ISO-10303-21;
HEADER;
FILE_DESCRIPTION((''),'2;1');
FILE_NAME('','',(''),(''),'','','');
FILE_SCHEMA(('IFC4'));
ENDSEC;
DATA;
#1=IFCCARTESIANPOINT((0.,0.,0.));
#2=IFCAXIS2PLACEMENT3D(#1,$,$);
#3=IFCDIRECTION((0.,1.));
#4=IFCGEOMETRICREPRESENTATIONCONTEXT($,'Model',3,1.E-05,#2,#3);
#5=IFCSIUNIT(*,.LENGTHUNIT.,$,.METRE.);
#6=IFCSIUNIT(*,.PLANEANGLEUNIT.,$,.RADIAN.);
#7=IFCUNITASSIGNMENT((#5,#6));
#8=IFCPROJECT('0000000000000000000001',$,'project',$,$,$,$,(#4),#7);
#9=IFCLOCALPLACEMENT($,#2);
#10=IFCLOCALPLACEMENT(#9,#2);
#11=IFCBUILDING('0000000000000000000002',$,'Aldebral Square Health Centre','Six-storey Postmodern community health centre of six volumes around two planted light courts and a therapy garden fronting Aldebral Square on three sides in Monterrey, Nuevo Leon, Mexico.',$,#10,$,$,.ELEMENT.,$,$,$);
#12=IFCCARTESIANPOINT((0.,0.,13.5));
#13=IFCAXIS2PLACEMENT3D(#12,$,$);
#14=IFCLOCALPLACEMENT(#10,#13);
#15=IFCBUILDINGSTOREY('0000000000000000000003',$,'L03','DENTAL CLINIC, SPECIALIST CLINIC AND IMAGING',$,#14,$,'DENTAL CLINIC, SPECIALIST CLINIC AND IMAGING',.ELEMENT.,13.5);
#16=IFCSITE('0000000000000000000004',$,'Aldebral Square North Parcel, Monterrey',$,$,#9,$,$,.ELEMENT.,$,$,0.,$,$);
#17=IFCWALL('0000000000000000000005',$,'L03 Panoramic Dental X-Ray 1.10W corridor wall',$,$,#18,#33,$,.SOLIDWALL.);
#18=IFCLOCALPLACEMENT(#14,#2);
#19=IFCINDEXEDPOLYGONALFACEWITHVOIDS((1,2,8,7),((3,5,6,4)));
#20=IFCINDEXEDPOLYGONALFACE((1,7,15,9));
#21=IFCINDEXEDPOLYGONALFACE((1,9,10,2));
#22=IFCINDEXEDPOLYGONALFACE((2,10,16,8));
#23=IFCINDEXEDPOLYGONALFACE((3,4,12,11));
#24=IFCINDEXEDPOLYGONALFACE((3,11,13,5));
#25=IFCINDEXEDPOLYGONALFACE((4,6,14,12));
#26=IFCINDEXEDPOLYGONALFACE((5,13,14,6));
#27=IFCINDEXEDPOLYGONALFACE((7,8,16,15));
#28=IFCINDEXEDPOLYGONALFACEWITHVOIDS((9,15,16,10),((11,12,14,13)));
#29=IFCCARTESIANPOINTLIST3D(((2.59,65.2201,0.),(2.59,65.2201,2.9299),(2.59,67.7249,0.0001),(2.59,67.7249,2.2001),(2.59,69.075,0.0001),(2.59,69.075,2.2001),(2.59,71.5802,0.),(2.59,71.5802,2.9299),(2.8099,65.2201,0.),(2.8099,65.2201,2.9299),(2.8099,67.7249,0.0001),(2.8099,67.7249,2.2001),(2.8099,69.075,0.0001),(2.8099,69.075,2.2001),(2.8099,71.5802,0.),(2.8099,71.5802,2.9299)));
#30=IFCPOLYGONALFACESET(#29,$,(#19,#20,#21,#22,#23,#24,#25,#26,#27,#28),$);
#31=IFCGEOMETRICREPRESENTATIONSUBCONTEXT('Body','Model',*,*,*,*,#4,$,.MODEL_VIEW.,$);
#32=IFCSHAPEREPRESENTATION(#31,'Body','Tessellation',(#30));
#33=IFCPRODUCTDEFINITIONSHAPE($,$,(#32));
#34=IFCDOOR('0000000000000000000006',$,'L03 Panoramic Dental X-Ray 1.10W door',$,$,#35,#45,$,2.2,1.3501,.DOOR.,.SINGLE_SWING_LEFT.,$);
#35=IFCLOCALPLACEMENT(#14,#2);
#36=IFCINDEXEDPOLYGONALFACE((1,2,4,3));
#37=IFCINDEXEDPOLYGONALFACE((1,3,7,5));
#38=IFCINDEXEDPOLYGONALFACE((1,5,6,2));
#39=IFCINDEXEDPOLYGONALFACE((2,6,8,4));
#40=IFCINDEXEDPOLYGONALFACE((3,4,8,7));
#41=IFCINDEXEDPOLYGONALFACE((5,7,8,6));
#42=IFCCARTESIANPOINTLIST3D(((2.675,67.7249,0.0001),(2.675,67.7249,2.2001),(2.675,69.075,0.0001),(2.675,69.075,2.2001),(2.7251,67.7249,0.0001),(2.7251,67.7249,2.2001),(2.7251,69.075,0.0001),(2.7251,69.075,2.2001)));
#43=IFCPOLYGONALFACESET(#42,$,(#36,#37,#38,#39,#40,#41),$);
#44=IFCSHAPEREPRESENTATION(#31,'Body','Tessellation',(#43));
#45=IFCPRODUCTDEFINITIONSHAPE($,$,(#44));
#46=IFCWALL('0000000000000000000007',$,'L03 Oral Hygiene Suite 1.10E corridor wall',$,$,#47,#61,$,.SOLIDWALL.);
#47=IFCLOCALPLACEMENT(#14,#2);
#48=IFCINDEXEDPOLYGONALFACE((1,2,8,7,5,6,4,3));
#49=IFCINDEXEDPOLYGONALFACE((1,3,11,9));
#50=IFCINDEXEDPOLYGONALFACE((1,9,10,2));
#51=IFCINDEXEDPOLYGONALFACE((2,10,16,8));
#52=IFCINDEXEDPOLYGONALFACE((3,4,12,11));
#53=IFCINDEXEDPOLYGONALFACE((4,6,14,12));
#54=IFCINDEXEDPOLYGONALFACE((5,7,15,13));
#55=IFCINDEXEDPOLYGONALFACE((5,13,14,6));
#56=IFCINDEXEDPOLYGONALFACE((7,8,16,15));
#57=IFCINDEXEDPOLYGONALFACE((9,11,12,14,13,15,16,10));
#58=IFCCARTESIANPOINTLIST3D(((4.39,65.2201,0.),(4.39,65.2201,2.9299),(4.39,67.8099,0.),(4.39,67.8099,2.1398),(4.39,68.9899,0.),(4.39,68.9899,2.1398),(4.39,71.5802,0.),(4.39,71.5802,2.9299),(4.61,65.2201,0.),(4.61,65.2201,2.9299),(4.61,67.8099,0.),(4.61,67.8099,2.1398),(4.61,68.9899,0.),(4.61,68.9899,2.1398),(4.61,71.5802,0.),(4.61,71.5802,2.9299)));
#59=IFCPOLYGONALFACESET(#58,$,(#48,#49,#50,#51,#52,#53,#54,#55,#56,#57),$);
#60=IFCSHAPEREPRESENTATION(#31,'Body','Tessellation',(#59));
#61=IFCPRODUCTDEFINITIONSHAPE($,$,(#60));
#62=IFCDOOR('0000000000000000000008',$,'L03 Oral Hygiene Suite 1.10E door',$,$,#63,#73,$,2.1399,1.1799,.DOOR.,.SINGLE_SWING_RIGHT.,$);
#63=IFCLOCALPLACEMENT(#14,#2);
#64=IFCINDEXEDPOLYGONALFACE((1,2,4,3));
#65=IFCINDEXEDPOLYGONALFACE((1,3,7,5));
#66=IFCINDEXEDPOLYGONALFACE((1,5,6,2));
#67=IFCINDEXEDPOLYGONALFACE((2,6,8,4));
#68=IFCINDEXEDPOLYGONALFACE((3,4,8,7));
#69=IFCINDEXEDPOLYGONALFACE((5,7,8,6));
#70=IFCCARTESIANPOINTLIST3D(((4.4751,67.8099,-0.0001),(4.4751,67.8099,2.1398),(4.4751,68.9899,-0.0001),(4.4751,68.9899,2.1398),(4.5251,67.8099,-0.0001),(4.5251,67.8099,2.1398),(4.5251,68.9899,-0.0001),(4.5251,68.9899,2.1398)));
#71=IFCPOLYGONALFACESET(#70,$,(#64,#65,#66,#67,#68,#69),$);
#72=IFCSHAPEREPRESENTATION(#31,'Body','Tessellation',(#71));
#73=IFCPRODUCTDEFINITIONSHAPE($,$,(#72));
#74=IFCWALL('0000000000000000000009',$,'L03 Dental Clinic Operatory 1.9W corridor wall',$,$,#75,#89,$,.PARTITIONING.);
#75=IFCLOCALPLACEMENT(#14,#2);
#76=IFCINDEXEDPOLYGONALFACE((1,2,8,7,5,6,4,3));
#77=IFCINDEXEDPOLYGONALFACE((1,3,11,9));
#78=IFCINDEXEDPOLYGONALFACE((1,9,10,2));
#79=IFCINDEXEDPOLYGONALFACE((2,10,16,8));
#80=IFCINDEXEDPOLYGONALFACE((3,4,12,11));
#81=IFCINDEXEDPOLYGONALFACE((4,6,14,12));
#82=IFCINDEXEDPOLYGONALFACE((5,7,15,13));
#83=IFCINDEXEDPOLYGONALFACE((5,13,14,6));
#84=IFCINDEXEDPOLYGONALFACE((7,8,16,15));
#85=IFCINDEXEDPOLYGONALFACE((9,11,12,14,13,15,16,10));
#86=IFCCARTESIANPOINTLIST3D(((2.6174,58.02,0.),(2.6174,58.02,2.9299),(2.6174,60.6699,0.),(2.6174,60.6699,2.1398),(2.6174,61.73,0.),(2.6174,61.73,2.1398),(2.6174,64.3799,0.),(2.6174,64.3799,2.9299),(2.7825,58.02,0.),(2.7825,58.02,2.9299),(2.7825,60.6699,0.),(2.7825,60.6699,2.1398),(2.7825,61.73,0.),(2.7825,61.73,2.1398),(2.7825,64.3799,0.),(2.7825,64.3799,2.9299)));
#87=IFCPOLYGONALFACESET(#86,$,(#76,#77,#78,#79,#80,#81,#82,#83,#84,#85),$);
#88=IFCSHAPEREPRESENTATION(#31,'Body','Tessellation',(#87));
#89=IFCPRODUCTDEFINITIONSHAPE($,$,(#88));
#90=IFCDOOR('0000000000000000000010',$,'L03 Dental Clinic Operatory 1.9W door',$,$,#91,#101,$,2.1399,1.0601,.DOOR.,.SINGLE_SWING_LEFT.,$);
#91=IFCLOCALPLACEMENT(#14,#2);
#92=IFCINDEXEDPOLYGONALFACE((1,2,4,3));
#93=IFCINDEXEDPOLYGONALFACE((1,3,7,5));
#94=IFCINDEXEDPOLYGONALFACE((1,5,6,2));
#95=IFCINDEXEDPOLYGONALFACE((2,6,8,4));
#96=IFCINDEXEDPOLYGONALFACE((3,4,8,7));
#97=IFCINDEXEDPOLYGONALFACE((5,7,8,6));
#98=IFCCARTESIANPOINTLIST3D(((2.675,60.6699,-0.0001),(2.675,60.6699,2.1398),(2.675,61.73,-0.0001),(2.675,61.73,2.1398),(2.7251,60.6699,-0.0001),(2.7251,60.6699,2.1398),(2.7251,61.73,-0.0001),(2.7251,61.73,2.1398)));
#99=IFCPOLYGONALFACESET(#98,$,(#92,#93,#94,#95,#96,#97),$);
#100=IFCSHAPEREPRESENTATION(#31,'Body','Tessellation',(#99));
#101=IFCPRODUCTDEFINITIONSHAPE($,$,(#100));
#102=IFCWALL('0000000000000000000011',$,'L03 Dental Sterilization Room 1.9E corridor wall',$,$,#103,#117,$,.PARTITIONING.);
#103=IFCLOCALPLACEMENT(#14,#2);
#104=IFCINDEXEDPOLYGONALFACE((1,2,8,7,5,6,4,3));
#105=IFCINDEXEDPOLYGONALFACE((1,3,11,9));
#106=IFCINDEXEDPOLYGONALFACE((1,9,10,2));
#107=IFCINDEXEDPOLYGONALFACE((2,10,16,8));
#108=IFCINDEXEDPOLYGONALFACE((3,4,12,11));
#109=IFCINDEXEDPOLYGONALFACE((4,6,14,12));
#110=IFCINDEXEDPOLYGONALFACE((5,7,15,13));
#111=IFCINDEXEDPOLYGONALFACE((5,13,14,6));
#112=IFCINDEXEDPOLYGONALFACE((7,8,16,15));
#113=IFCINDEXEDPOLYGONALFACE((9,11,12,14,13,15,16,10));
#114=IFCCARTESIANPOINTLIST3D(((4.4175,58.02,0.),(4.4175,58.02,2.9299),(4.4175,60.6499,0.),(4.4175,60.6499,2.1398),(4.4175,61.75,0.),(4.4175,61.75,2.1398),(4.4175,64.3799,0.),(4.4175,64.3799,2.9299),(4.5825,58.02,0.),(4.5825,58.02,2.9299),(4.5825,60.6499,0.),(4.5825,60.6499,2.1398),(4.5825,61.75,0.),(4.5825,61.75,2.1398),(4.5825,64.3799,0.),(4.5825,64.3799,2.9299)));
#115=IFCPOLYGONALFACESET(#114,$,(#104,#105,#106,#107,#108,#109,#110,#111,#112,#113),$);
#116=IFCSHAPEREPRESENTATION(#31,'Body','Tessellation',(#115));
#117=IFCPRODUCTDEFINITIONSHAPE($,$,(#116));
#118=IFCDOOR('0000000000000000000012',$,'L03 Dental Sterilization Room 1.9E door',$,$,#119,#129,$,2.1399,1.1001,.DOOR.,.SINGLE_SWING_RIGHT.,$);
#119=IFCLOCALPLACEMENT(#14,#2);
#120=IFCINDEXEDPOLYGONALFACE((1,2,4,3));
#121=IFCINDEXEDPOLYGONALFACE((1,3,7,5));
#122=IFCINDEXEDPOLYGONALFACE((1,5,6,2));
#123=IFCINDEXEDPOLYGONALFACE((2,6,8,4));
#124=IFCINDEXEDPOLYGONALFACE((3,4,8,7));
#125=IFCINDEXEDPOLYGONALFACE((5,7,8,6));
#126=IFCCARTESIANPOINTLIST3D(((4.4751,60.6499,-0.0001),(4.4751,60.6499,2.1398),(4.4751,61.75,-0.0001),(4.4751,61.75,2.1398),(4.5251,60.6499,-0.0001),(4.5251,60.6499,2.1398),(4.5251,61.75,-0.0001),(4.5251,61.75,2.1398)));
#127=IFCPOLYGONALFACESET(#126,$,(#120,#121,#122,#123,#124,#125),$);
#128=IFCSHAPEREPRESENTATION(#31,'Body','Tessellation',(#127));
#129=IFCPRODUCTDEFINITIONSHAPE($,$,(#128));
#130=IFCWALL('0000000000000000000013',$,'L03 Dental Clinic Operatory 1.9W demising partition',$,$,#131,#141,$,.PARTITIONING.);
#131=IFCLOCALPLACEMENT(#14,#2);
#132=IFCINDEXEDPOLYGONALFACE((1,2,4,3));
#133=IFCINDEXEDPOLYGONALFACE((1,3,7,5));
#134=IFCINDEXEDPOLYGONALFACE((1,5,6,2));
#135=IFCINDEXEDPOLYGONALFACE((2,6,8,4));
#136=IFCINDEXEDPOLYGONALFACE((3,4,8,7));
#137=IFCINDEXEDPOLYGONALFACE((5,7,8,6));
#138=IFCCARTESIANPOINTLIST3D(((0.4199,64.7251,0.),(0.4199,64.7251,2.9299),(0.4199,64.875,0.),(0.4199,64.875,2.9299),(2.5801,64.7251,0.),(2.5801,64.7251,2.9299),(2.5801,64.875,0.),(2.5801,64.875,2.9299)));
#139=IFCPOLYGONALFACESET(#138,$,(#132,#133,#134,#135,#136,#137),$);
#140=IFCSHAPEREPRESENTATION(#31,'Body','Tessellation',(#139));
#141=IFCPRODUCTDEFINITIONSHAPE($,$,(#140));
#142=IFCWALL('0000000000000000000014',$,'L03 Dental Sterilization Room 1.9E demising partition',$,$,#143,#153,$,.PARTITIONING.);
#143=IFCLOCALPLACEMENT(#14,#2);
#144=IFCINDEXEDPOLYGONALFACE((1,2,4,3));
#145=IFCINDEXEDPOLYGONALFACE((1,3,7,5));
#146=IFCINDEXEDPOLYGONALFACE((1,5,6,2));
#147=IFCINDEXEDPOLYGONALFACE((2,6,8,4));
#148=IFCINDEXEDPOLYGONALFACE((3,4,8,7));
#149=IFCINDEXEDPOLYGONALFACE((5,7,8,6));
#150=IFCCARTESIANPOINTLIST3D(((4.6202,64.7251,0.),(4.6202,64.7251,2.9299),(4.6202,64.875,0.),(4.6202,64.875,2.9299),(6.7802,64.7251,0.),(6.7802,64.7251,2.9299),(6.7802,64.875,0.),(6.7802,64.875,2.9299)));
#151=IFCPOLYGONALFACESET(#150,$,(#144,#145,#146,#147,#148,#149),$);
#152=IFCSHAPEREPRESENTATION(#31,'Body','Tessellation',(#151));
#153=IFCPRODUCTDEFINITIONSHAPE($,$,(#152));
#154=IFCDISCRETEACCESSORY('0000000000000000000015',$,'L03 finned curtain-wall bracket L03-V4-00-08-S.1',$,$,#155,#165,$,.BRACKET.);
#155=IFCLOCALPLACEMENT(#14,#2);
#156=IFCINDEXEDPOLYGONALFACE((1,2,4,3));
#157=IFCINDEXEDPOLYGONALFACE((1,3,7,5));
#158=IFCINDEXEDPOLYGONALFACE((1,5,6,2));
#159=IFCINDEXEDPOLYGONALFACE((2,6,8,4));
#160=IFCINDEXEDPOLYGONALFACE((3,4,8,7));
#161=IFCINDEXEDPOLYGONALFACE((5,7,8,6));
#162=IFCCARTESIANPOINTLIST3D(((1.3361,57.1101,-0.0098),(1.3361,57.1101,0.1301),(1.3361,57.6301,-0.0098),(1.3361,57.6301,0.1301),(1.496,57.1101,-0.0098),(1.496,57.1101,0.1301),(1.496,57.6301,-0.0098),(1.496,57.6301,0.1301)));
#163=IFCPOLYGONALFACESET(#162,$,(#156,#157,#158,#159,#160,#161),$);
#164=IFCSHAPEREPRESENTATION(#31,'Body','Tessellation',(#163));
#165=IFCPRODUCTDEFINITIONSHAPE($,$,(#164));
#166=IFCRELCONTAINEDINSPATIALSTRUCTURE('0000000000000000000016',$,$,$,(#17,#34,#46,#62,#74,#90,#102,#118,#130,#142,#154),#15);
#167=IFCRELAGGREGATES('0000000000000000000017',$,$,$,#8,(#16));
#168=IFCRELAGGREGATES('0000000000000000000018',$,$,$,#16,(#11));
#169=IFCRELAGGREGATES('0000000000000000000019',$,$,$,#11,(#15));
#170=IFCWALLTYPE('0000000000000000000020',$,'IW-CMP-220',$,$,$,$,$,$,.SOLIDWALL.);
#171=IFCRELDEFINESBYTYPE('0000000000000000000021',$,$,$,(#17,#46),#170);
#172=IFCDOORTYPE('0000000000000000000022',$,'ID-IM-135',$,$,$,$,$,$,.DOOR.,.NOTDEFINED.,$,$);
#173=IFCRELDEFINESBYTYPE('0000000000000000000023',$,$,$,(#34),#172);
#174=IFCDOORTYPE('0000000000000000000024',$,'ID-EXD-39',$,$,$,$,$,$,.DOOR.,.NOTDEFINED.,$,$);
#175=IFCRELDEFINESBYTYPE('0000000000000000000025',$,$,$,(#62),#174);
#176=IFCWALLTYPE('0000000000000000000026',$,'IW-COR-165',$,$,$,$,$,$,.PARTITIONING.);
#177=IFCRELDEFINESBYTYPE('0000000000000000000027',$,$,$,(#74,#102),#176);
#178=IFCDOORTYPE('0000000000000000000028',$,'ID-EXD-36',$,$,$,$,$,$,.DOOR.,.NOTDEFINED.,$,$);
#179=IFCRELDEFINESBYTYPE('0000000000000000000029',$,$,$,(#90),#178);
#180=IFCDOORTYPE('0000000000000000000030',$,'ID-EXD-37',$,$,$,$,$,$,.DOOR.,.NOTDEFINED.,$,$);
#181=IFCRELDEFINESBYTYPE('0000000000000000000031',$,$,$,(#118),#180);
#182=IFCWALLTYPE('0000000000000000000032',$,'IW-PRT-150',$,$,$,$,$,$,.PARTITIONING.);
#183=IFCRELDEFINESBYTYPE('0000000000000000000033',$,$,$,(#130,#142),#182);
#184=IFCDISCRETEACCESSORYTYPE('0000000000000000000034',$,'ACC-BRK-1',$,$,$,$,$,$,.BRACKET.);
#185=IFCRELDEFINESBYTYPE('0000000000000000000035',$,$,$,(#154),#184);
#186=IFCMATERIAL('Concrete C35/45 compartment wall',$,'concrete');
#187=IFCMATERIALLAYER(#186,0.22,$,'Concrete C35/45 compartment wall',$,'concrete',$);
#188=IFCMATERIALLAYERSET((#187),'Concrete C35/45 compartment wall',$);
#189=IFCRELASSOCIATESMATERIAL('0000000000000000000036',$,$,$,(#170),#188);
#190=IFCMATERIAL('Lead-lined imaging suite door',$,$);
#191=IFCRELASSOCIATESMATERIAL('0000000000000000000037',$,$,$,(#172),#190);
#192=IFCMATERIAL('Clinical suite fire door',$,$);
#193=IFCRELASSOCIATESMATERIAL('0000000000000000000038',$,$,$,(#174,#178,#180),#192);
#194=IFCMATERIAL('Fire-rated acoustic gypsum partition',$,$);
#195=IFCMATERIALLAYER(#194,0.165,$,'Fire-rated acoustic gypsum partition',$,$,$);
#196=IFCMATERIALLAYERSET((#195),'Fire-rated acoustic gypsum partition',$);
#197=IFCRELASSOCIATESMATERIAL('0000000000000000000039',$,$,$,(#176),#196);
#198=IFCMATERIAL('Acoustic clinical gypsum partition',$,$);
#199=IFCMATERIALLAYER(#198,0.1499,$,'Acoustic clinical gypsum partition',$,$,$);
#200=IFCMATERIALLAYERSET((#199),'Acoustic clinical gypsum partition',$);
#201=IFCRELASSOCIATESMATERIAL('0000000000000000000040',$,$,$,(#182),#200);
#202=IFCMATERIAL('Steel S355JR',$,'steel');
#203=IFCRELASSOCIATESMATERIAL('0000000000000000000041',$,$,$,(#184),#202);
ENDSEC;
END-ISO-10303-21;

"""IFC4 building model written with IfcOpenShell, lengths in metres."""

from ifc_helpers import new_model, si_unit, direction, frame, frame_2d, origin, origin_2d, place, context, subcontext, project, spatial, rectangle, extrude, material, layer, layer_set, type_object, element, fill, save


model = new_model("IFC4")

# Units and contexts
model_context = context("Model", 3, precision=1e-05, world=origin(), true_north=direction((0.0, 1.0)))
body_context = subcontext(model_context, "Body", "Model", "MODEL_VIEW")
ifc_project = project(units=[si_unit("LENGTHUNIT", "METRE"), si_unit("PLANEANGLEUNIT", "RADIAN")], contexts=[model_context])

# Site, building, storey
site_placement = place(None, origin())
site = spatial("IfcSite", under=ifc_project, at=site_placement, Name="Aldebral Square North Parcel, Monterrey", CompositionType="ELEMENT", RefElevation=0.0)
building_placement = place(site_placement, origin())
building = spatial("IfcBuilding", under=site, at=building_placement, Name="Aldebral Square Health Centre", Description="Six-storey Postmodern community health centre of six volumes around two planted light courts and a therapy garden fronting Aldebral Square on three sides in Monterrey, Nuevo Leon, Mexico.", CompositionType="ELEMENT")
storey_placement = place(building_placement, frame((0.0, 0.0, 13.5)))
storey = spatial("IfcBuildingStorey", under=building, at=storey_placement, Name="L03", Description="DENTAL CLINIC, SPECIALIST CLINIC AND IMAGING", LongName="DENTAL CLINIC, SPECIALIST CLINIC AND IMAGING", CompositionType="ELEMENT", Elevation=13.5)

# Walls, openings, doors
ifc_material_1 = material(Name="Concrete C35/45 compartment wall", Category="concrete")
ifc_layer_1 = layer(ifc_material_1, 0.22, Name="Concrete C35/45 compartment wall", Category="concrete")
ifc_layer_set_1 = layer_set([ifc_layer_1], Name="Concrete C35/45 compartment wall")
wall_type_1 = type_object("IfcWallType", Name="IW-CMP-220", PredefinedType="SOLIDWALL", material=ifc_layer_set_1)
wall_1_placement = place(storey_placement, frame((2.7, 65.22, 0.0), z_axis=(0.0, 0.0, 1.0), x_axis=(0.0, 1.0, 0.0)))
wall_1 = element("IfcWall", 1, at=wall_1_placement, inside=storey, type_object=wall_type_1, Name="L03 Panoramic Dental X-Ray 1.10W corridor wall", PredefinedType="SOLIDWALL", context=body_context, shape_type="SweptSolid", body=[
    extrude(rectangle(XDim=6.3601, YDim=0.22, at=frame_2d((3.1802, 0.0))), origin(), (0.0, 0.0, 1.0), 2.9299),
])
opening_1_placement = place(wall_1_placement, frame((2.5049, 0.0, 0.0)))
opening_1 = element("IfcOpeningElement", 2, at=opening_1_placement, cuts=wall_1, PredefinedType="OPENING", context=body_context, shape_type="SweptSolid", body=[
    extrude(rectangle(XDim=1.3501, YDim=2.2, at=frame_2d((0.675, 1.1001))), frame((0.0, 0.1201, 0.0), z_axis=(0.0, -1.0, 0.0), x_axis=(1.0, 0.0, 0.0)), (0.0, 0.0, 1.0), 0.24),
])
ifc_material_2 = material(Name="Lead-lined imaging suite door")
door_type_1 = type_object("IfcDoorType", Name="ID-IM-135", OperationType="NOTDEFINED", PredefinedType="DOOR", material=ifc_material_2)
door_1_placement = place(opening_1_placement, origin())
door_1 = element("IfcDoor", 3, at=door_1_placement, inside=storey, type_object=door_type_1, Name="L03 Panoramic Dental X-Ray 1.10W door", OperationType="SINGLE_SWING_LEFT", OverallHeight=2.2, OverallWidth=1.3501, PredefinedType="DOOR", context=body_context, shape_type="SweptSolid", body=[
    extrude(rectangle(XDim=1.3501, YDim=2.2, at=frame_2d((0.675, 1.1001))), frame((0.0, 0.0249, 0.0), z_axis=(0.0, -1.0, 0.0), x_axis=(1.0, 0.0, 0.0)), (0.0, 0.0, 1.0), 0.05),
])
fill(opening_1, door_1)
wall_2_placement = place(storey_placement, frame((4.5, 65.22, 0.0), z_axis=(0.0, 0.0, 1.0), x_axis=(0.0, 1.0, 0.0)))
wall_2 = element("IfcWall", 4, at=wall_2_placement, inside=storey, type_object=wall_type_1, Name="L03 Oral Hygiene Suite 1.10E corridor wall", PredefinedType="SOLIDWALL", context=body_context, shape_type="SweptSolid", body=[
    extrude(rectangle(XDim=6.3601, YDim=0.22, at=frame_2d((3.1802, 0.0))), origin(), (0.0, 0.0, 1.0), 2.9299),
])
opening_2_placement = place(wall_2_placement, frame((2.5901, 0.0, 0.0)))
opening_2 = element("IfcOpeningElement", 5, at=opening_2_placement, cuts=wall_2, PredefinedType="OPENING", context=body_context, shape_type="SweptSolid", body=[
    extrude(rectangle(XDim=1.1799, YDim=2.1399, at=frame_2d((0.5898, 1.0698))), frame((0.0, 0.1201, 0.0), z_axis=(0.0, -1.0, 0.0), x_axis=(1.0, 0.0, 0.0)), (0.0, 0.0, 1.0), 0.24),
])
ifc_material_3 = material(Name="Clinical suite fire door")
door_type_2 = type_object("IfcDoorType", Name="ID-EXD-39", OperationType="NOTDEFINED", PredefinedType="DOOR", material=ifc_material_3)
door_2_placement = place(opening_2_placement, origin())
door_2 = element("IfcDoor", 6, at=door_2_placement, inside=storey, type_object=door_type_2, Name="L03 Oral Hygiene Suite 1.10E door", OperationType="SINGLE_SWING_RIGHT", OverallHeight=2.1399, OverallWidth=1.1799, PredefinedType="DOOR", context=body_context, shape_type="SweptSolid", body=[
    extrude(rectangle(XDim=1.1799, YDim=2.1399, at=frame_2d((0.5898, 1.0698))), frame((0.0, 0.0249, 0.0), z_axis=(0.0, -1.0, 0.0), x_axis=(1.0, 0.0, 0.0)), (0.0, 0.0, 1.0), 0.05),
])
fill(opening_2, door_2)
ifc_material_4 = material(Name="Fire-rated acoustic gypsum partition")
ifc_layer_2 = layer(ifc_material_4, 0.165, Name="Fire-rated acoustic gypsum partition")
ifc_layer_set_2 = layer_set([ifc_layer_2], Name="Fire-rated acoustic gypsum partition")
wall_type_2 = type_object("IfcWallType", Name="IW-COR-165", PredefinedType="PARTITIONING", material=ifc_layer_set_2)
wall_3_placement = place(storey_placement, frame((2.7, 58.02, 0.0), z_axis=(0.0, 0.0, 1.0), x_axis=(0.0, 1.0, 0.0)))
wall_3 = element("IfcWall", 7, at=wall_3_placement, inside=storey, type_object=wall_type_2, Name="L03 Dental Clinic Operatory 1.9W corridor wall", PredefinedType="PARTITIONING", context=body_context, shape_type="SweptSolid", body=[
    extrude(rectangle(XDim=6.3599, YDim=0.165, at=frame_2d((3.1799, 0.0))), origin(), (0.0, 0.0, 1.0), 2.9299),
])
opening_3_placement = place(wall_3_placement, frame((2.6499, 0.0, 0.0)))
opening_3 = element("IfcOpeningElement", 8, at=opening_3_placement, cuts=wall_3, PredefinedType="OPENING", context=body_context, shape_type="SweptSolid", body=[
    extrude(rectangle(XDim=1.0601, YDim=2.1399, at=frame_2d((0.53, 1.0698))), frame((0.0, 0.0925, 0.0), z_axis=(0.0, -1.0, 0.0), x_axis=(1.0, 0.0, 0.0)), (0.0, 0.0, 1.0), 0.1851),
])
door_type_3 = type_object("IfcDoorType", Name="ID-EXD-36", OperationType="NOTDEFINED", PredefinedType="DOOR", material=ifc_material_3)
door_3_placement = place(opening_3_placement, origin())
door_3 = element("IfcDoor", 9, at=door_3_placement, inside=storey, type_object=door_type_3, Name="L03 Dental Clinic Operatory 1.9W door", OperationType="SINGLE_SWING_LEFT", OverallHeight=2.1399, OverallWidth=1.0601, PredefinedType="DOOR", context=body_context, shape_type="SweptSolid", body=[
    extrude(rectangle(XDim=1.0601, YDim=2.1399, at=frame_2d((0.53, 1.0698))), frame((0.0, 0.0249, 0.0), z_axis=(0.0, -1.0, 0.0), x_axis=(1.0, 0.0, 0.0)), (0.0, 0.0, 1.0), 0.05),
])
fill(opening_3, door_3)
wall_4_placement = place(storey_placement, frame((4.5, 58.02, 0.0), z_axis=(0.0, 0.0, 1.0), x_axis=(0.0, 1.0, 0.0)))
wall_4 = element("IfcWall", 10, at=wall_4_placement, inside=storey, type_object=wall_type_2, Name="L03 Dental Sterilization Room 1.9E corridor wall", PredefinedType="PARTITIONING", context=body_context, shape_type="SweptSolid", body=[
    extrude(rectangle(XDim=6.3599, YDim=0.165, at=frame_2d((3.1799, 0.0))), origin(), (0.0, 0.0, 1.0), 2.9299),
])
opening_4_placement = place(wall_4_placement, frame((2.6299, 0.0, 0.0)))
opening_4 = element("IfcOpeningElement", 11, at=opening_4_placement, cuts=wall_4, PredefinedType="OPENING", context=body_context, shape_type="SweptSolid", body=[
    extrude(rectangle(XDim=1.1001, YDim=2.1399, at=frame_2d((0.55, 1.0698))), frame((0.0, 0.0925, 0.0), z_axis=(0.0, -1.0, 0.0), x_axis=(1.0, 0.0, 0.0)), (0.0, 0.0, 1.0), 0.1851),
])
door_type_4 = type_object("IfcDoorType", Name="ID-EXD-37", OperationType="NOTDEFINED", PredefinedType="DOOR", material=ifc_material_3)
door_4_placement = place(opening_4_placement, origin())
door_4 = element("IfcDoor", 12, at=door_4_placement, inside=storey, type_object=door_type_4, Name="L03 Dental Sterilization Room 1.9E door", OperationType="SINGLE_SWING_RIGHT", OverallHeight=2.1399, OverallWidth=1.1001, PredefinedType="DOOR", context=body_context, shape_type="SweptSolid", body=[
    extrude(rectangle(XDim=1.1001, YDim=2.1399, at=frame_2d((0.55, 1.0698))), frame((0.0, 0.0249, 0.0), z_axis=(0.0, -1.0, 0.0), x_axis=(1.0, 0.0, 0.0)), (0.0, 0.0, 1.0), 0.05),
])
fill(opening_4, door_4)

# Walls
ifc_material_5 = material(Name="Acoustic clinical gypsum partition")
ifc_layer_3 = layer(ifc_material_5, 0.1499, Name="Acoustic clinical gypsum partition")
ifc_layer_set_3 = layer_set([ifc_layer_3], Name="Acoustic clinical gypsum partition")
wall_type_3 = type_object("IfcWallType", Name="IW-PRT-150", PredefinedType="PARTITIONING", material=ifc_layer_set_3)
wall_5_placement = place(storey_placement, frame((0.4199, 64.8, 0.0), z_axis=(0.0, 0.0, 1.0), x_axis=(1.0, 0.0, 0.0)))
element("IfcWall", 13, at=wall_5_placement, inside=storey, type_object=wall_type_3, Name="L03 Dental Clinic Operatory 1.9W demising partition", PredefinedType="PARTITIONING", context=body_context, shape_type="SweptSolid", body=[
    extrude(rectangle(XDim=2.1602, YDim=0.1499, at=frame_2d((1.0801, 0.0))), origin(), (0.0, 0.0, 1.0), 2.9299),
])
wall_6_placement = place(storey_placement, frame((4.6201, 64.8, 0.0), z_axis=(0.0, 0.0, 1.0), x_axis=(1.0, 0.0, 0.0)))
element("IfcWall", 14, at=wall_6_placement, inside=storey, type_object=wall_type_3, Name="L03 Dental Sterilization Room 1.9E demising partition", PredefinedType="PARTITIONING", context=body_context, shape_type="SweptSolid", body=[
    extrude(rectangle(XDim=2.1599, YDim=0.1499, at=frame_2d((1.0801, 0.0))), origin(), (0.0, 0.0, 1.0), 2.9299),
])

# Discrete accessory
ifc_material_6 = material(Name="Steel S355JR", Category="steel")
discrete_accessory_type = type_object("IfcDiscreteAccessoryType", Name="ACC-BRK-1", PredefinedType="BRACKET", material=ifc_material_6)
for number, where, z_axis, x_axis, name in (
    (15, (1.416, 57.3701, -0.0098), (0.0, 0.0, 1.0), (1.0, 0.0, 0.0), "L03 finned curtain-wall bracket L03-V4-00-08-S.1"),
):
    element("IfcDiscreteAccessory", number, at=place(storey_placement, frame(where, z_axis=z_axis, x_axis=x_axis)), inside=storey, type_object=discrete_accessory_type, Name=name, PredefinedType="BRACKET", context=body_context, shape_type="SweptSolid", body=[
        extrude(rectangle(XDim=0.1599, YDim=0.52, at=origin_2d()), origin(), (0.0, 0.0, 1.0), 0.1399),
    ])

save(model, "model.ifc")
